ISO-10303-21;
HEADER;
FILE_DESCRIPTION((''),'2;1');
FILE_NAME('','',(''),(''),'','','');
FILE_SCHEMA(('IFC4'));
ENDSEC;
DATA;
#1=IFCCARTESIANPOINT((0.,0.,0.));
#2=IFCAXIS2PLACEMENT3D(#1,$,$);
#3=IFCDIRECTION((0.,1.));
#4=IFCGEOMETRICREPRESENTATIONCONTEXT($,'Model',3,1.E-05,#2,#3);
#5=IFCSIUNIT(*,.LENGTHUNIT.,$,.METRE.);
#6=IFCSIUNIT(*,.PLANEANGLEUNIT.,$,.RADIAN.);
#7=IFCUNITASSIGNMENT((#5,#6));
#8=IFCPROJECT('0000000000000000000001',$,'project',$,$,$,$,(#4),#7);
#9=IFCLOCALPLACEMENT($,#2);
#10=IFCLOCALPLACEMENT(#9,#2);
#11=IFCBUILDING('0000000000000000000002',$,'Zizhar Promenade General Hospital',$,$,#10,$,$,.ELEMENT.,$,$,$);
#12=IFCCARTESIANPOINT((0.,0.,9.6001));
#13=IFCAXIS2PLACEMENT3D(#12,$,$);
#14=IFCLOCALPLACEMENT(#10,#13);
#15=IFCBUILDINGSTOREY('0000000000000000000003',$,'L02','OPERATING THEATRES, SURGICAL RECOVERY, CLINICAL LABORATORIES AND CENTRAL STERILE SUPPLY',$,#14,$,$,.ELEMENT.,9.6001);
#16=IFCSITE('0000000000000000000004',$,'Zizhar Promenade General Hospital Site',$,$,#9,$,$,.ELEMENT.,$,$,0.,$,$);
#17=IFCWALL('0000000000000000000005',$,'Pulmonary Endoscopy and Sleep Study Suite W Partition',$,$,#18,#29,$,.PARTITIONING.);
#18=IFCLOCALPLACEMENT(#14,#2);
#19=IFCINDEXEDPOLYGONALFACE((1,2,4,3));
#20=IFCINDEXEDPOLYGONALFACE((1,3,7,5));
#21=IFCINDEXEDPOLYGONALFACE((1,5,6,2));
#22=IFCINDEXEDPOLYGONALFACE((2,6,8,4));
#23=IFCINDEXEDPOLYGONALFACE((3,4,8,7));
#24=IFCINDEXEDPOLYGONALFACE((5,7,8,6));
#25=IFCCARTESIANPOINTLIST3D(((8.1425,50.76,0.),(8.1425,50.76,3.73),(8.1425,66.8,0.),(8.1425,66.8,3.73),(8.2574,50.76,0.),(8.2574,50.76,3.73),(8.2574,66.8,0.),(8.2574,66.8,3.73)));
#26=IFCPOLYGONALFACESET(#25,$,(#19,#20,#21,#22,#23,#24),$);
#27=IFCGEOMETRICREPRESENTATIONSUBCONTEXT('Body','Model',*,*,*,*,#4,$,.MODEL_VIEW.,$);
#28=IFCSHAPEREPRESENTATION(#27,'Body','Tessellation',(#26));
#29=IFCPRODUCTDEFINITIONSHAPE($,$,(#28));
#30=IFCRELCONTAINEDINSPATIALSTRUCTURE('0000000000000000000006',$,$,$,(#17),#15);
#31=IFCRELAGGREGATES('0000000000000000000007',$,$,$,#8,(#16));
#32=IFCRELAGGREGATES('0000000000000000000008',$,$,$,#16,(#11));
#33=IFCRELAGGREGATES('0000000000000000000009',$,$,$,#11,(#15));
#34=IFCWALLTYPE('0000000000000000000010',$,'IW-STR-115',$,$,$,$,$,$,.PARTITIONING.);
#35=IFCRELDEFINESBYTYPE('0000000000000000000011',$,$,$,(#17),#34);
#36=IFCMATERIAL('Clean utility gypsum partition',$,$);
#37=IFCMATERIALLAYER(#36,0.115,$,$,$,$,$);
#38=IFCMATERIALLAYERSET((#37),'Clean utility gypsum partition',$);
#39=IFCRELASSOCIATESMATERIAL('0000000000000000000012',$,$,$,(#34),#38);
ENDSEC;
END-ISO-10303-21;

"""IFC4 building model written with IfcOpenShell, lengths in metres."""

from ifc_helpers import new_model, si_unit, direction, frame, frame_2d, origin, place, context, subcontext, project, spatial, rectangle, extrude, material, layer, layer_set, type_object, element, save


model = new_model("IFC4")

# Units and contexts
model_context = context("Model", 3, precision=1e-05, world=origin(), true_north=direction((0.0, 1.0)))
body_context = subcontext(model_context, "Body", "Model", "MODEL_VIEW")
ifc_project = project(units=[si_unit("LENGTHUNIT", "METRE"), si_unit("PLANEANGLEUNIT", "RADIAN")], contexts=[model_context])

# Site, building, storey
site_placement = place(None, origin())
site = spatial("IfcSite", under=ifc_project, at=site_placement, Name="Zizhar Promenade General Hospital Site", CompositionType="ELEMENT", RefElevation=0.0)
building_placement = place(site_placement, origin())
building = spatial("IfcBuilding", under=site, at=building_placement, Name="Zizhar Promenade General Hospital", CompositionType="ELEMENT")
storey_placement = place(building_placement, frame((0.0, 0.0, 9.6001)))
storey = spatial("IfcBuildingStorey", under=building, at=storey_placement, Name="L02", Description="OPERATING THEATRES, SURGICAL RECOVERY, CLINICAL LABORATORIES AND CENTRAL STERILE SUPPLY", CompositionType="ELEMENT", Elevation=9.6001)

# Wall
ifc_material_1 = material(Name="Clean utility gypsum partition")
ifc_layer_1 = layer(ifc_material_1, 0.115)
ifc_layer_set_1 = layer_set([ifc_layer_1], Name="Clean utility gypsum partition")
wall_type = type_object("IfcWallType", Name="IW-STR-115", PredefinedType="PARTITIONING", material=ifc_layer_set_1)
wall_placement = place(storey_placement, frame((8.2, 50.76, 0.0), z_axis=(0.0, 0.0, 1.0), x_axis=(0.0, 1.0, 0.0)))
element("IfcWall", 1, at=wall_placement, inside=storey, type_object=wall_type, Name="Pulmonary Endoscopy and Sleep Study Suite W Partition", PredefinedType="PARTITIONING", context=body_context, shape_type="SweptSolid", body=[
    extrude(rectangle(XDim=16.04, YDim=0.115, at=frame_2d((8.02, 0.0))), origin(), (0.0, 0.0, 1.0), 3.73),
])

save(model, "model.ifc")
